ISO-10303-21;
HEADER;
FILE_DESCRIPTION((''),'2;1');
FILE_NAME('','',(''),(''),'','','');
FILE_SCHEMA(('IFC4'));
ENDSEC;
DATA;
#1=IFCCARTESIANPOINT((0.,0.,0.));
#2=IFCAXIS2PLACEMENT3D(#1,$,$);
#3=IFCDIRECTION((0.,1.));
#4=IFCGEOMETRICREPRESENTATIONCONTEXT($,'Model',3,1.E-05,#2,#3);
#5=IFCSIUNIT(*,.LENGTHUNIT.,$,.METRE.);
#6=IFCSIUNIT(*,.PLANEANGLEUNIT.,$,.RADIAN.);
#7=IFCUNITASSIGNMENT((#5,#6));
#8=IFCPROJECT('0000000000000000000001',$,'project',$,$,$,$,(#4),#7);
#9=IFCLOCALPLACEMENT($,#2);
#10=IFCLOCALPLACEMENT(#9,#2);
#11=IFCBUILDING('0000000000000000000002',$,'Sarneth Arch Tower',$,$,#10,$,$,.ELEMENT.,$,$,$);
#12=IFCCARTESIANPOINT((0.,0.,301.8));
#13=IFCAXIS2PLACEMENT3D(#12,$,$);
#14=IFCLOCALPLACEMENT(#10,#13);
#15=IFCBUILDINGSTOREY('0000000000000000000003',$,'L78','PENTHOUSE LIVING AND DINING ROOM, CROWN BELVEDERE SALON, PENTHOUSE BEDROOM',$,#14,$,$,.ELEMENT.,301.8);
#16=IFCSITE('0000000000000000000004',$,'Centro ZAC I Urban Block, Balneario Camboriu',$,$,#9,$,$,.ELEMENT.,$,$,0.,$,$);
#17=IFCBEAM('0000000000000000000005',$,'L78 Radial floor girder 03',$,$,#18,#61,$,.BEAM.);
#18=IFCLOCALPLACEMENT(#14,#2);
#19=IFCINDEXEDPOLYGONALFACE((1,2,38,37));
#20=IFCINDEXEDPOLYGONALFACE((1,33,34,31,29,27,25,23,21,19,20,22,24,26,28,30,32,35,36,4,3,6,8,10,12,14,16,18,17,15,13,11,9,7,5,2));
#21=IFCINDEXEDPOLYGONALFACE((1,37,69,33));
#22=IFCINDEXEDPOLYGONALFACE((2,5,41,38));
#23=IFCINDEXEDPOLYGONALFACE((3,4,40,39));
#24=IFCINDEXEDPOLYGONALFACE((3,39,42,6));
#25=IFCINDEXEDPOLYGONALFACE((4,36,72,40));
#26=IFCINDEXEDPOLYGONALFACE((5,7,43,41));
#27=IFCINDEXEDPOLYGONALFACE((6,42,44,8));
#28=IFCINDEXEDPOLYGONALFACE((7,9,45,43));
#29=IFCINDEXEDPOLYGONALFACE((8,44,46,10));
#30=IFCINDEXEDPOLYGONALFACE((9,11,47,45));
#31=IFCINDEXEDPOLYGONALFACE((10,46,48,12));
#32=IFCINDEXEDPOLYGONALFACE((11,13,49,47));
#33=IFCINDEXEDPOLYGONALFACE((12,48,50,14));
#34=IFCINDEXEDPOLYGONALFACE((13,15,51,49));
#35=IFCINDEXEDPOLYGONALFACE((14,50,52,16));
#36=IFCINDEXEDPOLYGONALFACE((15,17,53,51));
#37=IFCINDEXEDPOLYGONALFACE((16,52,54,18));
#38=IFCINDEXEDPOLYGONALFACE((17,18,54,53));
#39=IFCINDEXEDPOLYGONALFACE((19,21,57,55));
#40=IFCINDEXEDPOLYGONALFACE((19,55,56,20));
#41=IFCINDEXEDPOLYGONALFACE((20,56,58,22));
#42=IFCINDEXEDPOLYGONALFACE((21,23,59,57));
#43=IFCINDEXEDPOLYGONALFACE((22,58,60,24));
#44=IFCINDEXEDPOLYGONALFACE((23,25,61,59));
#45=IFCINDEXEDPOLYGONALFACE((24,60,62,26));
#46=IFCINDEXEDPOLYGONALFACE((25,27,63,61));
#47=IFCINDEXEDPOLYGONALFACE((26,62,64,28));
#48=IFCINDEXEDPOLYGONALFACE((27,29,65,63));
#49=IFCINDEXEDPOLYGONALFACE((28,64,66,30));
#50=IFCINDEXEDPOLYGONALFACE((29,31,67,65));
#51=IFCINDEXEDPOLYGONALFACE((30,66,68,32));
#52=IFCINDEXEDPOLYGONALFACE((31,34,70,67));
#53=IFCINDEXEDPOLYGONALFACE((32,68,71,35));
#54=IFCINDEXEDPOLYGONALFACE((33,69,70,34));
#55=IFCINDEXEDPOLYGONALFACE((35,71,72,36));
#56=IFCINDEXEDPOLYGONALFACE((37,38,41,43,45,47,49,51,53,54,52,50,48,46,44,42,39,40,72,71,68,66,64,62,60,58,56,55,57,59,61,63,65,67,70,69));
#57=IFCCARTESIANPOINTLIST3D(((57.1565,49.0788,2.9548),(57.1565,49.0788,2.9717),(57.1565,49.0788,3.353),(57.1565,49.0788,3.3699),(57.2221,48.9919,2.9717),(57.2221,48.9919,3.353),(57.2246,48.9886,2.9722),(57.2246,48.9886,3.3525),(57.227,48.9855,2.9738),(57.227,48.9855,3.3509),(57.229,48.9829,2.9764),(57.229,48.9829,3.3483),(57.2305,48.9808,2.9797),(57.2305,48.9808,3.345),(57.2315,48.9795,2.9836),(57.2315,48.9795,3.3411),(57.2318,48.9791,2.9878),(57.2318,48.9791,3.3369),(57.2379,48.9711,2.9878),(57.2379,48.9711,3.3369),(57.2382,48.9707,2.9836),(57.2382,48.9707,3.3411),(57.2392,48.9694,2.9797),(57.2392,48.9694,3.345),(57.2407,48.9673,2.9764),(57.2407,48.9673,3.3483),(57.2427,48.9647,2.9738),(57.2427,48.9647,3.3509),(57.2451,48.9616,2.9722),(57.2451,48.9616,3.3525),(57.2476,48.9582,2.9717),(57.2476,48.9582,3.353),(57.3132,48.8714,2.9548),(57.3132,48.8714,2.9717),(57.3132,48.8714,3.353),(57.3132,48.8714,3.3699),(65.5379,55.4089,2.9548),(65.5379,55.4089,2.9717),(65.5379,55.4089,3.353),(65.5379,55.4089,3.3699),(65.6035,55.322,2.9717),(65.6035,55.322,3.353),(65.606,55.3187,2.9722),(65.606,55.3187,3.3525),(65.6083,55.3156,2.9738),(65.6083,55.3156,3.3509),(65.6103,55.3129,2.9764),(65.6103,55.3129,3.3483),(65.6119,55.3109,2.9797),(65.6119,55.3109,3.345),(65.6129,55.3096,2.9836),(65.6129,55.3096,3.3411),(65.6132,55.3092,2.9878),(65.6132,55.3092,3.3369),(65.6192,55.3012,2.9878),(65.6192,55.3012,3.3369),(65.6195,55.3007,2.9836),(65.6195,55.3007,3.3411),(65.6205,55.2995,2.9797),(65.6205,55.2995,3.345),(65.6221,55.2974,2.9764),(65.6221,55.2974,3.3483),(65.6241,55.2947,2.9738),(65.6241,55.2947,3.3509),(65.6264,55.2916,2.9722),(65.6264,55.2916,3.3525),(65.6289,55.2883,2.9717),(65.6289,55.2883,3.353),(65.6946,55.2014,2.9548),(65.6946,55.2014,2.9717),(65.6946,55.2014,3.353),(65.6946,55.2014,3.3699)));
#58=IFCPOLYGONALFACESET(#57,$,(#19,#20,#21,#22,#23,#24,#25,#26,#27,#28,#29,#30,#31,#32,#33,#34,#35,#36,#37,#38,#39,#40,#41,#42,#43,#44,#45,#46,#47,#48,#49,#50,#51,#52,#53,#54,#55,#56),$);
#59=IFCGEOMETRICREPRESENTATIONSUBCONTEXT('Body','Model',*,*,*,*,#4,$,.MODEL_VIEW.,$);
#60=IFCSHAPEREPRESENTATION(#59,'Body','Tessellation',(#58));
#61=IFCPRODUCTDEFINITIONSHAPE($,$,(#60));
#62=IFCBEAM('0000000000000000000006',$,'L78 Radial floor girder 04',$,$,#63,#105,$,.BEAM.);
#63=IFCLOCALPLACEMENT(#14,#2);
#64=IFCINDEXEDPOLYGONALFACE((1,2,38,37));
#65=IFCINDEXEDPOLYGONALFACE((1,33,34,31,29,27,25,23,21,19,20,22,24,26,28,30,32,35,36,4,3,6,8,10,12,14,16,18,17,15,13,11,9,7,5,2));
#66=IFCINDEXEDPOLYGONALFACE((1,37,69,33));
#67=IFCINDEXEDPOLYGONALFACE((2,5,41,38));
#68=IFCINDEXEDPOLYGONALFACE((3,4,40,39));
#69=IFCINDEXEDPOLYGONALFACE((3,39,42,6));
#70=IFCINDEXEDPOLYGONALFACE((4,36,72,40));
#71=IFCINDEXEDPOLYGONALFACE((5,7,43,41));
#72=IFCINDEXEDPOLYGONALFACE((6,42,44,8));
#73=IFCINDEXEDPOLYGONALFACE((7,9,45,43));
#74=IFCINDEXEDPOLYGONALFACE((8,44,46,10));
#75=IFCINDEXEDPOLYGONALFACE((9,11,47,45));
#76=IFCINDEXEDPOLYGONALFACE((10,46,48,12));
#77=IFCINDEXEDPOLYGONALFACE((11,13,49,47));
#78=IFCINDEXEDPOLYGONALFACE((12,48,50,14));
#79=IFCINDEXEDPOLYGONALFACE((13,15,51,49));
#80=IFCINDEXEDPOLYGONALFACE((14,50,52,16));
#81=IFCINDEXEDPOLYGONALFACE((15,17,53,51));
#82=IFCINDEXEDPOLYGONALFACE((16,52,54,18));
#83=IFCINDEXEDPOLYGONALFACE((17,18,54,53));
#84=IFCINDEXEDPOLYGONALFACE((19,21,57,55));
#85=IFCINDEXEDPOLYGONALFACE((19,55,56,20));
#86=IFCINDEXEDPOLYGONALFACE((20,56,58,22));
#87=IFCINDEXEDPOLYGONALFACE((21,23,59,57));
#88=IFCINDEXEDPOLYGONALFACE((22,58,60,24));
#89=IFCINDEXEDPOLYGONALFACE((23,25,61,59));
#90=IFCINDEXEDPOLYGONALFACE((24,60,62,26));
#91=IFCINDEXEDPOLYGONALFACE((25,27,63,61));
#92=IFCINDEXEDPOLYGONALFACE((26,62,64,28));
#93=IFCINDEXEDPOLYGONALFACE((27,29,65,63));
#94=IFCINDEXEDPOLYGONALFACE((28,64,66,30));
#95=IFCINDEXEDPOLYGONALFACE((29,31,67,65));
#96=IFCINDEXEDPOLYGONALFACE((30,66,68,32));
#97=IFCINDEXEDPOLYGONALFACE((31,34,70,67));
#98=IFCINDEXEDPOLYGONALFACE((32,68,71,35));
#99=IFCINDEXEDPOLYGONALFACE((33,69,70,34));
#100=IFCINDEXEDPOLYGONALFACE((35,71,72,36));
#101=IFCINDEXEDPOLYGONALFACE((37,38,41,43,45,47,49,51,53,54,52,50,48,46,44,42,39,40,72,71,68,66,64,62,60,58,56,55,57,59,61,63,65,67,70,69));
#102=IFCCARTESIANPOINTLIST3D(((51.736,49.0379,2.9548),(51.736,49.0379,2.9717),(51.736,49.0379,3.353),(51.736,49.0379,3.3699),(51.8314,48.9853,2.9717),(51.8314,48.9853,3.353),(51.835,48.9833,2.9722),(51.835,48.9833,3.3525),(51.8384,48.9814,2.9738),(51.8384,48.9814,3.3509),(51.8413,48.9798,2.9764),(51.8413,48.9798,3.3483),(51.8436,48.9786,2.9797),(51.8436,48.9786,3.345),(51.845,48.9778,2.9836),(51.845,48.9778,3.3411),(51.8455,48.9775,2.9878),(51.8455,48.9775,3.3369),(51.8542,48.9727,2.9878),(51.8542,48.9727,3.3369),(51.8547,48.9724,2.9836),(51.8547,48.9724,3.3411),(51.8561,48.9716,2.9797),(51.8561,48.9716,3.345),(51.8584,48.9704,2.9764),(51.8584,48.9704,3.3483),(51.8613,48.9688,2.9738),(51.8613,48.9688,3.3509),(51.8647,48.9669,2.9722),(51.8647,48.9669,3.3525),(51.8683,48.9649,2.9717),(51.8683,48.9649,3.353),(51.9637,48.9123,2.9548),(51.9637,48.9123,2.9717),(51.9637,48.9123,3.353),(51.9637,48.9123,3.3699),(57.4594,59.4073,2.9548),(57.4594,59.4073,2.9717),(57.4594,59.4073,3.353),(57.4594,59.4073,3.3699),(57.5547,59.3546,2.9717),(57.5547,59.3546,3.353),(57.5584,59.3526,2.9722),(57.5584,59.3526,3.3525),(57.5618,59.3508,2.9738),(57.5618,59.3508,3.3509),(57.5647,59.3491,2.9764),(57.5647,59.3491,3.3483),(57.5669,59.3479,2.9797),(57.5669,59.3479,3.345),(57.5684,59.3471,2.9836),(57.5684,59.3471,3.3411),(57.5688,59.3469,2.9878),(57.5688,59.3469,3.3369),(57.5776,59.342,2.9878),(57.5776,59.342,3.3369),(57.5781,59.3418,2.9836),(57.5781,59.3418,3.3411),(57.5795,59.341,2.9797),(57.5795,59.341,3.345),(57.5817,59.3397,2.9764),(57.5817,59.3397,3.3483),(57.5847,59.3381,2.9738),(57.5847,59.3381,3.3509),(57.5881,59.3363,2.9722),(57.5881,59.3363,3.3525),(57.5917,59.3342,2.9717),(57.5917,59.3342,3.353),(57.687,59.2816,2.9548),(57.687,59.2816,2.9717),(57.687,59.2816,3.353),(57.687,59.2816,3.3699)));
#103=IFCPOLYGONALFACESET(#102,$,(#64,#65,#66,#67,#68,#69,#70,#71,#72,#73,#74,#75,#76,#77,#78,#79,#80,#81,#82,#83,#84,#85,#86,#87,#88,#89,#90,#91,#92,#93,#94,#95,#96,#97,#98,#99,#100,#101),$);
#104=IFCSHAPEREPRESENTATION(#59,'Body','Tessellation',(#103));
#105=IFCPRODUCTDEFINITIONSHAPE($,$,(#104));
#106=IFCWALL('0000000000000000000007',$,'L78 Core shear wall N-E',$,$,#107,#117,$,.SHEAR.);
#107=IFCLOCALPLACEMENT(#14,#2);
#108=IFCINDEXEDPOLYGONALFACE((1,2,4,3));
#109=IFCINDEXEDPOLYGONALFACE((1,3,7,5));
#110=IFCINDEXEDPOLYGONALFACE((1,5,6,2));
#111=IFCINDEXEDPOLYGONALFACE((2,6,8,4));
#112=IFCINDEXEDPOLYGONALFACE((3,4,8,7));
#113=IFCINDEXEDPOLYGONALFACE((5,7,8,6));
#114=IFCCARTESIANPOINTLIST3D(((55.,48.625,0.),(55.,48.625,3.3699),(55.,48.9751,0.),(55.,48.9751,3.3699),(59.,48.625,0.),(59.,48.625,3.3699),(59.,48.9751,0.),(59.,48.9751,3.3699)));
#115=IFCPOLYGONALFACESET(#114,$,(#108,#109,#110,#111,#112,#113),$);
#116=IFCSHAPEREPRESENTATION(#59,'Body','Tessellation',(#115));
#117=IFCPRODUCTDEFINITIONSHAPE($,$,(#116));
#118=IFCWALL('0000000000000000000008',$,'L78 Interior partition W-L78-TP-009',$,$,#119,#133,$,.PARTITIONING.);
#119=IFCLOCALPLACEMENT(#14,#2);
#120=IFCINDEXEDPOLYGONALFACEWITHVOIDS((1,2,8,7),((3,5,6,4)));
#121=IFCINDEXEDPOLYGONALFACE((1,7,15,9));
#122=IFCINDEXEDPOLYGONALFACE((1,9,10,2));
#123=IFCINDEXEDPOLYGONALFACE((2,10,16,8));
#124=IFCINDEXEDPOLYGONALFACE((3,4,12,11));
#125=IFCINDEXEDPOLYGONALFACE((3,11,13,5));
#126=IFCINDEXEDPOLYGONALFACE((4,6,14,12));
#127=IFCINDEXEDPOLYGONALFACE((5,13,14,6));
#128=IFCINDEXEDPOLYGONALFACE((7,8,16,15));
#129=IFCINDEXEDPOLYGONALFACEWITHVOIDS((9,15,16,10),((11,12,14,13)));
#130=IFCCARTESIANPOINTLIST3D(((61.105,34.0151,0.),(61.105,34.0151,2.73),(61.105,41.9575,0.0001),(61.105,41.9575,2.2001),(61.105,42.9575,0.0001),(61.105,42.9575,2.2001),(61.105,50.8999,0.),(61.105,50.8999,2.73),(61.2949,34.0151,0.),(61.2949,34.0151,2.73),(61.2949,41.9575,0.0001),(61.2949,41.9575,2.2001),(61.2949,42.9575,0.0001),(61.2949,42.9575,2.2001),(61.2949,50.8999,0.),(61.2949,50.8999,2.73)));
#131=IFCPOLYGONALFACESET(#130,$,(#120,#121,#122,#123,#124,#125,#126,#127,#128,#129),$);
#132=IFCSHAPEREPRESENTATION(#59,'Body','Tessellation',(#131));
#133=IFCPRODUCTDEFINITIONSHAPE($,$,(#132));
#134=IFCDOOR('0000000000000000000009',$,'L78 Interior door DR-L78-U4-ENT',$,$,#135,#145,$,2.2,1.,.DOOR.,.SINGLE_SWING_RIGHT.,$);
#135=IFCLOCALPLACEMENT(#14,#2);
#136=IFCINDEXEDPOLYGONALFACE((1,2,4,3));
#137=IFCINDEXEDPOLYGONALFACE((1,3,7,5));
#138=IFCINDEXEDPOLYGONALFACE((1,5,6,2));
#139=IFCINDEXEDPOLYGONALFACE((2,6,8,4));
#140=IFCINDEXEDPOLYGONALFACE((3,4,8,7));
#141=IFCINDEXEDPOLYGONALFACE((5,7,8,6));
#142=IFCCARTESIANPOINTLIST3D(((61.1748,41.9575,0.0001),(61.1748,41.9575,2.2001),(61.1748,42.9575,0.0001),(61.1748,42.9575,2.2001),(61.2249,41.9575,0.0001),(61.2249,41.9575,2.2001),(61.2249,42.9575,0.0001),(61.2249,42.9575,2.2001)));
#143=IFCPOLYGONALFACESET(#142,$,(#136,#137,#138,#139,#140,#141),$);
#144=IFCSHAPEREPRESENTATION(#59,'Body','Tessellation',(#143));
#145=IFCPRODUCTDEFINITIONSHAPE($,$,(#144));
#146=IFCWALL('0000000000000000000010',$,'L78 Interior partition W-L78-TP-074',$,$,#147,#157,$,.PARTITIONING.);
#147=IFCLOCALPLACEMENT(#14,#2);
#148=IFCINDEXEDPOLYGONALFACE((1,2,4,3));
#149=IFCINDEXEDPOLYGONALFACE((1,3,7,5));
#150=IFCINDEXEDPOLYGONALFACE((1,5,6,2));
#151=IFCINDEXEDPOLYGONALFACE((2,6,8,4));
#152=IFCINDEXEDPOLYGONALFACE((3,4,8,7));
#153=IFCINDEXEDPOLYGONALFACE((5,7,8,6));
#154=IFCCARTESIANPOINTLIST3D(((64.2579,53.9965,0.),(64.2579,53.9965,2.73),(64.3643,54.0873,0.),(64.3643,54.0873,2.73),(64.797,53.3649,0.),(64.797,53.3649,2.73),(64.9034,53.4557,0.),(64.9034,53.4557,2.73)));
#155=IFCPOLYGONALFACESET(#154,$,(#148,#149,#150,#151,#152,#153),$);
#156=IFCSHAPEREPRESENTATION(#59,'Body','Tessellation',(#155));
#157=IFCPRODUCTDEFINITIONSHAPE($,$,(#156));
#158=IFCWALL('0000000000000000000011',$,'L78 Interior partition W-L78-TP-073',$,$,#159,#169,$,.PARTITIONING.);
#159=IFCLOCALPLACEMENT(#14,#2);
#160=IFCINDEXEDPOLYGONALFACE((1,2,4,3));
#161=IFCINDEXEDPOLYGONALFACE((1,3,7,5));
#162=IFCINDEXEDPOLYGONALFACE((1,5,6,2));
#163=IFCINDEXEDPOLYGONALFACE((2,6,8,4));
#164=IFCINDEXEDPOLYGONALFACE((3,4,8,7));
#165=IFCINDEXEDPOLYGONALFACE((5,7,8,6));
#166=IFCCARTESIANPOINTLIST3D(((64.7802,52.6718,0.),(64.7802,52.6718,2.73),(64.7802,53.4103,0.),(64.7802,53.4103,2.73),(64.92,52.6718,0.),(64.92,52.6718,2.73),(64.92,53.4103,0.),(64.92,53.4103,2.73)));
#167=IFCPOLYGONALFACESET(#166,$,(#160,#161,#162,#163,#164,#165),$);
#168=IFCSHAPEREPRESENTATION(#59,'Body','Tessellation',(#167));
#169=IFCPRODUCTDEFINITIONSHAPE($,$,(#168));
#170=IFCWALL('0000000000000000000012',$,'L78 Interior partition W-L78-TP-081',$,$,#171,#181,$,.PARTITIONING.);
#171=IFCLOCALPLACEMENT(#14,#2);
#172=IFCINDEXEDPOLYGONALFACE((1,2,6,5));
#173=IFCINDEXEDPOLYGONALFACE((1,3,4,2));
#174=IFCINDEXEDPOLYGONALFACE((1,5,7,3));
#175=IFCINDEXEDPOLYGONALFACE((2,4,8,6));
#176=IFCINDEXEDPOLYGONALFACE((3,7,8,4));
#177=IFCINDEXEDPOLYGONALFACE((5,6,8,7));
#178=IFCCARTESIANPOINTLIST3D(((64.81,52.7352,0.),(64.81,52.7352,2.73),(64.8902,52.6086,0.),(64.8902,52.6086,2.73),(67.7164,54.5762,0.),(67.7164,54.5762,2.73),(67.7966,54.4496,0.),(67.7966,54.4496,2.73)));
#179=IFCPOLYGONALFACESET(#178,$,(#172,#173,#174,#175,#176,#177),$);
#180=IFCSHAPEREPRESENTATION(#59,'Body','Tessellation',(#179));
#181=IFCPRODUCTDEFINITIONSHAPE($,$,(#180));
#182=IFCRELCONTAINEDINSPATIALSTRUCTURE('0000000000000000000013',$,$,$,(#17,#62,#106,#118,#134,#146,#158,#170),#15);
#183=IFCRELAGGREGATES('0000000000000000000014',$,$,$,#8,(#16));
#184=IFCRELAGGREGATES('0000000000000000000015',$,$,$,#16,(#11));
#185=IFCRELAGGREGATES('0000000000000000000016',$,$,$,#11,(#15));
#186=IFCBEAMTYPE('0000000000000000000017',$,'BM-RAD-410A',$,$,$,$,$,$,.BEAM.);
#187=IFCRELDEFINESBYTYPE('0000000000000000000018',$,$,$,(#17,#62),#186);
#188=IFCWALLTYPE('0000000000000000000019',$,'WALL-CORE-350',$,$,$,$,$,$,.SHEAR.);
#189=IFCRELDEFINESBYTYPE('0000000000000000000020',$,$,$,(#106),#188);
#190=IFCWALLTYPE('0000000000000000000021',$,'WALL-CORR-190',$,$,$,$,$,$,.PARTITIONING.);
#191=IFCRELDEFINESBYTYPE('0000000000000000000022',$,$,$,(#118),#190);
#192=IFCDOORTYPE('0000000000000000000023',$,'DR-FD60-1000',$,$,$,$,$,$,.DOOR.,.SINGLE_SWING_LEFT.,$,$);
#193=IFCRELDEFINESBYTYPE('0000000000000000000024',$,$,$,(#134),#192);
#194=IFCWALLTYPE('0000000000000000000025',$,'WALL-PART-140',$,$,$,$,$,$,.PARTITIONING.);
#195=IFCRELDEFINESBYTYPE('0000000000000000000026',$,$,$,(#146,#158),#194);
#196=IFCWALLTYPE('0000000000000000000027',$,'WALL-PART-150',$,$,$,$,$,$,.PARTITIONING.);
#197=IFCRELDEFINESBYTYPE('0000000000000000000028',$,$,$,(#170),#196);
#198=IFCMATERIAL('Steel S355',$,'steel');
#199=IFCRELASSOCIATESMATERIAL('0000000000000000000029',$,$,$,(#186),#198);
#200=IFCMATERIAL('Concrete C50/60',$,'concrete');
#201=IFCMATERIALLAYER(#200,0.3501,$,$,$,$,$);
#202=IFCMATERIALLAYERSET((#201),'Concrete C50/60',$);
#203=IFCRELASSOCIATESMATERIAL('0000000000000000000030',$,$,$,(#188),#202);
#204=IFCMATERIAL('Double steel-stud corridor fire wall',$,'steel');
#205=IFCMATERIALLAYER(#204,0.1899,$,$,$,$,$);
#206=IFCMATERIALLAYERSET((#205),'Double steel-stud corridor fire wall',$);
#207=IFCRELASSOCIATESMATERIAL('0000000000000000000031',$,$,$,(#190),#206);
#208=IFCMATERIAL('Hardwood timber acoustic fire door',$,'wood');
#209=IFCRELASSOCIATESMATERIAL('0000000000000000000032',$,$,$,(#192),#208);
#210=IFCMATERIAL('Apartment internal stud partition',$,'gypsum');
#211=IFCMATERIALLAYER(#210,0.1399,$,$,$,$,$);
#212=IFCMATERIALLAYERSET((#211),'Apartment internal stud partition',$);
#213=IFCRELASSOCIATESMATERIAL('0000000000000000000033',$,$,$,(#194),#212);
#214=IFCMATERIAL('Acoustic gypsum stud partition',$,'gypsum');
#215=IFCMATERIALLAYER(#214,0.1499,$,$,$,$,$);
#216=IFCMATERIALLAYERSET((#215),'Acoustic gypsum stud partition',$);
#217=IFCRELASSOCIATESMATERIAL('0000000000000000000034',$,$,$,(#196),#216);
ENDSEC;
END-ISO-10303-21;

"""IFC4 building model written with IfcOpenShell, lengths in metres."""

from ifc_helpers import new_model, si_unit, direction, frame, frame_2d, origin, origin_2d, place, context, subcontext, project, spatial, rectangle, i_section, extrude, material, layer, layer_set, material_profile, profile_set, type_object, element, fill, save


model = new_model("IFC4")

# Units and contexts
model_context = context("Model", 3, precision=1e-05, world=origin(), true_north=direction((0.0, 1.0)))
body_context = subcontext(model_context, "Body", "Model", "MODEL_VIEW")
ifc_project = project(units=[si_unit("LENGTHUNIT", "METRE"), si_unit("PLANEANGLEUNIT", "RADIAN")], contexts=[model_context])

# Site, building, storey
site_placement = place(None, origin())
site = spatial("IfcSite", under=ifc_project, at=site_placement, Name="Centro ZAC I Urban Block, Balneario Camboriu", CompositionType="ELEMENT", RefElevation=0.0)
building_placement = place(site_placement, origin())
building = spatial("IfcBuilding", under=site, at=building_placement, Name="Sarneth Arch Tower", CompositionType="ELEMENT")
storey_placement = place(building_placement, frame((0.0, 0.0, 301.8)))
storey = spatial("IfcBuildingStorey", under=building, at=storey_placement, Name="L78", Description="PENTHOUSE LIVING AND DINING ROOM, CROWN BELVEDERE SALON, PENTHOUSE BEDROOM", CompositionType="ELEMENT", Elevation=301.8)

# Beams
ifc_material_1 = material(Name="Steel S355", Category="steel")
ifc_material_profile_1 = material_profile(ifc_material_1, i_section(OverallWidth=0.26, OverallDepth=0.415, WebThickness=0.01, FlangeThickness=0.0168, FilletRadius=0.0161, at=origin_2d()), Name="W410x100")
ifc_profile_set_1 = profile_set([ifc_material_profile_1], Name="Steel S355")
beam_type_1 = type_object("IfcBeamType", Name="BM-RAD-410A", PredefinedType="BEAM", material=ifc_profile_set_1)
beam_1_placement = place(storey_placement, frame((57.2349, 48.9751, 3.1624), z_axis=(0.797982, 0.602682, 0.0), x_axis=(-0.602682, 0.797982, 0.0)))
element("IfcBeam", 1, at=beam_1_placement, inside=storey, type_object=beam_type_1, Name="L78 Radial floor girder 03", PredefinedType="BEAM", context=body_context, shape_type="SweptSolid", body=[
    extrude(i_section(OverallWidth=0.26, OverallDepth=0.415, WebThickness=0.01, FlangeThickness=0.0168, FilletRadius=0.0161, at=origin_2d()), origin(), (0.0, 0.0, 1.0), 10.5032),
])
beam_2_placement = place(storey_placement, frame((51.8499, 48.9751, 3.1624), z_axis=(0.483229, 0.875494, 0.0), x_axis=(-0.875494, 0.483229, 0.0)))
element("IfcBeam", 2, at=beam_2_placement, inside=storey, type_object=beam_type_1, Name="L78 Radial floor girder 04", PredefinedType="BEAM", context=body_context, shape_type="SweptSolid", body=[
    extrude(i_section(OverallWidth=0.26, OverallDepth=0.415, WebThickness=0.01, FlangeThickness=0.0168, FilletRadius=0.0161, at=origin_2d()), origin(), (0.0, 0.0, 1.0), 11.844),
])

# Wall
ifc_material_2 = material(Name="Concrete C50/60", Category="concrete")
ifc_layer_1 = layer(ifc_material_2, 0.3501)
ifc_layer_set_1 = layer_set([ifc_layer_1], Name="Concrete C50/60")
wall_type_1 = type_object("IfcWallType", Name="WALL-CORE-350", PredefinedType="SHEAR", material=ifc_layer_set_1)
wall_1_placement = place(storey_placement, frame((55.0, 48.8, 0.0), z_axis=(0.0, 0.0, 1.0), x_axis=(1.0, 0.0, 0.0)))
element("IfcWall", 3, at=wall_1_placement, inside=storey, type_object=wall_type_1, Name="L78 Core shear wall N-E", PredefinedType="SHEAR", context=body_context, shape_type="SweptSolid", body=[
    extrude(rectangle(XDim=4.0, YDim=0.3501, at=frame_2d((2.0, 0.0))), origin(), (0.0, 0.0, 1.0), 3.3699),
])

# Wall, opening, door
ifc_material_3 = material(Name="Double steel-stud corridor fire wall", Category="steel")
ifc_layer_2 = layer(ifc_material_3, 0.1899)
ifc_layer_set_2 = layer_set([ifc_layer_2], Name="Double steel-stud corridor fire wall")
wall_type_2 = type_object("IfcWallType", Name="WALL-CORR-190", PredefinedType="PARTITIONING", material=ifc_layer_set_2)
wall_2_placement = place(storey_placement, frame((61.2, 50.8999, 0.0), z_axis=(0.0, 0.0, 1.0), x_axis=(0.0, -1.0, 0.0)))
wall_2 = element("IfcWall", 4, at=wall_2_placement, inside=storey, type_object=wall_type_2, Name="L78 Interior partition W-L78-TP-009", PredefinedType="PARTITIONING", context=body_context, shape_type="SweptSolid", body=[
    extrude(rectangle(XDim=16.8848, YDim=0.1899, at=frame_2d((8.4424, 0.0))), origin(), (0.0, 0.0, 1.0), 2.73),
])
opening_1_placement = place(wall_2_placement, frame((7.9424, 0.0, 0.0)))
opening_1 = element("IfcOpeningElement", 5, at=opening_1_placement, cuts=wall_2, PredefinedType="OPENING", context=body_context, shape_type="SweptSolid", body=[
    extrude(rectangle(XDim=1.0, YDim=2.2, at=frame_2d((0.5, 1.1001))), frame((0.0, 0.105, 0.0), z_axis=(0.0, -1.0, 0.0), x_axis=(1.0, 0.0, 0.0)), (0.0, 0.0, 1.0), 0.21),
])
ifc_material_4 = material(Name="Hardwood timber acoustic fire door", Category="wood")
door_type_1 = type_object("IfcDoorType", Name="DR-FD60-1000", OperationType="SINGLE_SWING_LEFT", PredefinedType="DOOR", material=ifc_material_4)
door_1_placement = place(opening_1_placement, origin())
door_1 = element("IfcDoor", 6, at=door_1_placement, inside=storey, type_object=door_type_1, Name="L78 Interior door DR-L78-U4-ENT", OperationType="SINGLE_SWING_RIGHT", OverallHeight=2.2, OverallWidth=1.0, PredefinedType="DOOR", context=body_context, shape_type="SweptSolid", body=[
    extrude(rectangle(XDim=1.0, YDim=2.2, at=frame_2d((0.5, 1.1001))), frame((0.0, 0.0249, 0.0), z_axis=(0.0, -1.0, 0.0), x_axis=(1.0, 0.0, 0.0)), (0.0, 0.0, 1.0), 0.05),
])
fill(opening_1, door_1)

# Walls
ifc_material_5 = material(Name="Apartment internal stud partition", Category="gypsum")
ifc_layer_3 = layer(ifc_material_5, 0.1399)
ifc_layer_set_3 = layer_set([ifc_layer_3], Name="Apartment internal stud partition")
wall_type_3 = type_object("IfcWallType", Name="WALL-PART-140", PredefinedType="PARTITIONING", material=ifc_layer_set_3)
wall_3_placement = place(storey_placement, frame((64.8501, 53.4104, 0.0), z_axis=(0.0, 0.0, 1.0), x_axis=(-0.649192, 0.760625, 0.0)))
element("IfcWall", 7, at=wall_3_placement, inside=storey, type_object=wall_type_3, Name="L78 Interior partition W-L78-TP-074", PredefinedType="PARTITIONING", context=body_context, shape_type="SweptSolid", body=[
    extrude(rectangle(XDim=0.8303, YDim=0.1399, at=frame_2d((0.415, 0.0))), origin(), (0.0, 0.0, 1.0), 2.73),
])
wall_4_placement = place(storey_placement, frame((64.8501, 52.6719, 0.0), z_axis=(0.0, 0.0, 1.0), x_axis=(0.0, 1.0, 0.0)))
element("IfcWall", 8, at=wall_4_placement, inside=storey, type_object=wall_type_3, Name="L78 Interior partition W-L78-TP-073", PredefinedType="PARTITIONING", context=body_context, shape_type="SweptSolid", body=[
    extrude(rectangle(XDim=0.7385, YDim=0.1399, at=frame_2d((0.3691, 0.0))), origin(), (0.0, 0.0, 1.0), 2.73),
])
ifc_material_6 = material(Name="Acoustic gypsum stud partition", Category="gypsum")
ifc_layer_4 = layer(ifc_material_6, 0.1499)
ifc_layer_set_4 = layer_set([ifc_layer_4], Name="Acoustic gypsum stud partition")
wall_type_4 = type_object("IfcWallType", Name="WALL-PART-150", PredefinedType="PARTITIONING", material=ifc_layer_set_4)
wall_5_placement = place(storey_placement, frame((64.8501, 52.6719, 0.0), z_axis=(0.0, 0.0, 1.0), x_axis=(0.844782, 0.535111, 0.0)))
element("IfcWall", 9, at=wall_5_placement, inside=storey, type_object=wall_type_4, Name="L78 Interior partition W-L78-TP-081", PredefinedType="PARTITIONING", context=body_context, shape_type="SweptSolid", body=[
    extrude(rectangle(XDim=3.4404, YDim=0.1499, at=frame_2d((1.7202, 0.0))), origin(), (0.0, 0.0, 1.0), 2.73),
])

save(model, "model.ifc")
